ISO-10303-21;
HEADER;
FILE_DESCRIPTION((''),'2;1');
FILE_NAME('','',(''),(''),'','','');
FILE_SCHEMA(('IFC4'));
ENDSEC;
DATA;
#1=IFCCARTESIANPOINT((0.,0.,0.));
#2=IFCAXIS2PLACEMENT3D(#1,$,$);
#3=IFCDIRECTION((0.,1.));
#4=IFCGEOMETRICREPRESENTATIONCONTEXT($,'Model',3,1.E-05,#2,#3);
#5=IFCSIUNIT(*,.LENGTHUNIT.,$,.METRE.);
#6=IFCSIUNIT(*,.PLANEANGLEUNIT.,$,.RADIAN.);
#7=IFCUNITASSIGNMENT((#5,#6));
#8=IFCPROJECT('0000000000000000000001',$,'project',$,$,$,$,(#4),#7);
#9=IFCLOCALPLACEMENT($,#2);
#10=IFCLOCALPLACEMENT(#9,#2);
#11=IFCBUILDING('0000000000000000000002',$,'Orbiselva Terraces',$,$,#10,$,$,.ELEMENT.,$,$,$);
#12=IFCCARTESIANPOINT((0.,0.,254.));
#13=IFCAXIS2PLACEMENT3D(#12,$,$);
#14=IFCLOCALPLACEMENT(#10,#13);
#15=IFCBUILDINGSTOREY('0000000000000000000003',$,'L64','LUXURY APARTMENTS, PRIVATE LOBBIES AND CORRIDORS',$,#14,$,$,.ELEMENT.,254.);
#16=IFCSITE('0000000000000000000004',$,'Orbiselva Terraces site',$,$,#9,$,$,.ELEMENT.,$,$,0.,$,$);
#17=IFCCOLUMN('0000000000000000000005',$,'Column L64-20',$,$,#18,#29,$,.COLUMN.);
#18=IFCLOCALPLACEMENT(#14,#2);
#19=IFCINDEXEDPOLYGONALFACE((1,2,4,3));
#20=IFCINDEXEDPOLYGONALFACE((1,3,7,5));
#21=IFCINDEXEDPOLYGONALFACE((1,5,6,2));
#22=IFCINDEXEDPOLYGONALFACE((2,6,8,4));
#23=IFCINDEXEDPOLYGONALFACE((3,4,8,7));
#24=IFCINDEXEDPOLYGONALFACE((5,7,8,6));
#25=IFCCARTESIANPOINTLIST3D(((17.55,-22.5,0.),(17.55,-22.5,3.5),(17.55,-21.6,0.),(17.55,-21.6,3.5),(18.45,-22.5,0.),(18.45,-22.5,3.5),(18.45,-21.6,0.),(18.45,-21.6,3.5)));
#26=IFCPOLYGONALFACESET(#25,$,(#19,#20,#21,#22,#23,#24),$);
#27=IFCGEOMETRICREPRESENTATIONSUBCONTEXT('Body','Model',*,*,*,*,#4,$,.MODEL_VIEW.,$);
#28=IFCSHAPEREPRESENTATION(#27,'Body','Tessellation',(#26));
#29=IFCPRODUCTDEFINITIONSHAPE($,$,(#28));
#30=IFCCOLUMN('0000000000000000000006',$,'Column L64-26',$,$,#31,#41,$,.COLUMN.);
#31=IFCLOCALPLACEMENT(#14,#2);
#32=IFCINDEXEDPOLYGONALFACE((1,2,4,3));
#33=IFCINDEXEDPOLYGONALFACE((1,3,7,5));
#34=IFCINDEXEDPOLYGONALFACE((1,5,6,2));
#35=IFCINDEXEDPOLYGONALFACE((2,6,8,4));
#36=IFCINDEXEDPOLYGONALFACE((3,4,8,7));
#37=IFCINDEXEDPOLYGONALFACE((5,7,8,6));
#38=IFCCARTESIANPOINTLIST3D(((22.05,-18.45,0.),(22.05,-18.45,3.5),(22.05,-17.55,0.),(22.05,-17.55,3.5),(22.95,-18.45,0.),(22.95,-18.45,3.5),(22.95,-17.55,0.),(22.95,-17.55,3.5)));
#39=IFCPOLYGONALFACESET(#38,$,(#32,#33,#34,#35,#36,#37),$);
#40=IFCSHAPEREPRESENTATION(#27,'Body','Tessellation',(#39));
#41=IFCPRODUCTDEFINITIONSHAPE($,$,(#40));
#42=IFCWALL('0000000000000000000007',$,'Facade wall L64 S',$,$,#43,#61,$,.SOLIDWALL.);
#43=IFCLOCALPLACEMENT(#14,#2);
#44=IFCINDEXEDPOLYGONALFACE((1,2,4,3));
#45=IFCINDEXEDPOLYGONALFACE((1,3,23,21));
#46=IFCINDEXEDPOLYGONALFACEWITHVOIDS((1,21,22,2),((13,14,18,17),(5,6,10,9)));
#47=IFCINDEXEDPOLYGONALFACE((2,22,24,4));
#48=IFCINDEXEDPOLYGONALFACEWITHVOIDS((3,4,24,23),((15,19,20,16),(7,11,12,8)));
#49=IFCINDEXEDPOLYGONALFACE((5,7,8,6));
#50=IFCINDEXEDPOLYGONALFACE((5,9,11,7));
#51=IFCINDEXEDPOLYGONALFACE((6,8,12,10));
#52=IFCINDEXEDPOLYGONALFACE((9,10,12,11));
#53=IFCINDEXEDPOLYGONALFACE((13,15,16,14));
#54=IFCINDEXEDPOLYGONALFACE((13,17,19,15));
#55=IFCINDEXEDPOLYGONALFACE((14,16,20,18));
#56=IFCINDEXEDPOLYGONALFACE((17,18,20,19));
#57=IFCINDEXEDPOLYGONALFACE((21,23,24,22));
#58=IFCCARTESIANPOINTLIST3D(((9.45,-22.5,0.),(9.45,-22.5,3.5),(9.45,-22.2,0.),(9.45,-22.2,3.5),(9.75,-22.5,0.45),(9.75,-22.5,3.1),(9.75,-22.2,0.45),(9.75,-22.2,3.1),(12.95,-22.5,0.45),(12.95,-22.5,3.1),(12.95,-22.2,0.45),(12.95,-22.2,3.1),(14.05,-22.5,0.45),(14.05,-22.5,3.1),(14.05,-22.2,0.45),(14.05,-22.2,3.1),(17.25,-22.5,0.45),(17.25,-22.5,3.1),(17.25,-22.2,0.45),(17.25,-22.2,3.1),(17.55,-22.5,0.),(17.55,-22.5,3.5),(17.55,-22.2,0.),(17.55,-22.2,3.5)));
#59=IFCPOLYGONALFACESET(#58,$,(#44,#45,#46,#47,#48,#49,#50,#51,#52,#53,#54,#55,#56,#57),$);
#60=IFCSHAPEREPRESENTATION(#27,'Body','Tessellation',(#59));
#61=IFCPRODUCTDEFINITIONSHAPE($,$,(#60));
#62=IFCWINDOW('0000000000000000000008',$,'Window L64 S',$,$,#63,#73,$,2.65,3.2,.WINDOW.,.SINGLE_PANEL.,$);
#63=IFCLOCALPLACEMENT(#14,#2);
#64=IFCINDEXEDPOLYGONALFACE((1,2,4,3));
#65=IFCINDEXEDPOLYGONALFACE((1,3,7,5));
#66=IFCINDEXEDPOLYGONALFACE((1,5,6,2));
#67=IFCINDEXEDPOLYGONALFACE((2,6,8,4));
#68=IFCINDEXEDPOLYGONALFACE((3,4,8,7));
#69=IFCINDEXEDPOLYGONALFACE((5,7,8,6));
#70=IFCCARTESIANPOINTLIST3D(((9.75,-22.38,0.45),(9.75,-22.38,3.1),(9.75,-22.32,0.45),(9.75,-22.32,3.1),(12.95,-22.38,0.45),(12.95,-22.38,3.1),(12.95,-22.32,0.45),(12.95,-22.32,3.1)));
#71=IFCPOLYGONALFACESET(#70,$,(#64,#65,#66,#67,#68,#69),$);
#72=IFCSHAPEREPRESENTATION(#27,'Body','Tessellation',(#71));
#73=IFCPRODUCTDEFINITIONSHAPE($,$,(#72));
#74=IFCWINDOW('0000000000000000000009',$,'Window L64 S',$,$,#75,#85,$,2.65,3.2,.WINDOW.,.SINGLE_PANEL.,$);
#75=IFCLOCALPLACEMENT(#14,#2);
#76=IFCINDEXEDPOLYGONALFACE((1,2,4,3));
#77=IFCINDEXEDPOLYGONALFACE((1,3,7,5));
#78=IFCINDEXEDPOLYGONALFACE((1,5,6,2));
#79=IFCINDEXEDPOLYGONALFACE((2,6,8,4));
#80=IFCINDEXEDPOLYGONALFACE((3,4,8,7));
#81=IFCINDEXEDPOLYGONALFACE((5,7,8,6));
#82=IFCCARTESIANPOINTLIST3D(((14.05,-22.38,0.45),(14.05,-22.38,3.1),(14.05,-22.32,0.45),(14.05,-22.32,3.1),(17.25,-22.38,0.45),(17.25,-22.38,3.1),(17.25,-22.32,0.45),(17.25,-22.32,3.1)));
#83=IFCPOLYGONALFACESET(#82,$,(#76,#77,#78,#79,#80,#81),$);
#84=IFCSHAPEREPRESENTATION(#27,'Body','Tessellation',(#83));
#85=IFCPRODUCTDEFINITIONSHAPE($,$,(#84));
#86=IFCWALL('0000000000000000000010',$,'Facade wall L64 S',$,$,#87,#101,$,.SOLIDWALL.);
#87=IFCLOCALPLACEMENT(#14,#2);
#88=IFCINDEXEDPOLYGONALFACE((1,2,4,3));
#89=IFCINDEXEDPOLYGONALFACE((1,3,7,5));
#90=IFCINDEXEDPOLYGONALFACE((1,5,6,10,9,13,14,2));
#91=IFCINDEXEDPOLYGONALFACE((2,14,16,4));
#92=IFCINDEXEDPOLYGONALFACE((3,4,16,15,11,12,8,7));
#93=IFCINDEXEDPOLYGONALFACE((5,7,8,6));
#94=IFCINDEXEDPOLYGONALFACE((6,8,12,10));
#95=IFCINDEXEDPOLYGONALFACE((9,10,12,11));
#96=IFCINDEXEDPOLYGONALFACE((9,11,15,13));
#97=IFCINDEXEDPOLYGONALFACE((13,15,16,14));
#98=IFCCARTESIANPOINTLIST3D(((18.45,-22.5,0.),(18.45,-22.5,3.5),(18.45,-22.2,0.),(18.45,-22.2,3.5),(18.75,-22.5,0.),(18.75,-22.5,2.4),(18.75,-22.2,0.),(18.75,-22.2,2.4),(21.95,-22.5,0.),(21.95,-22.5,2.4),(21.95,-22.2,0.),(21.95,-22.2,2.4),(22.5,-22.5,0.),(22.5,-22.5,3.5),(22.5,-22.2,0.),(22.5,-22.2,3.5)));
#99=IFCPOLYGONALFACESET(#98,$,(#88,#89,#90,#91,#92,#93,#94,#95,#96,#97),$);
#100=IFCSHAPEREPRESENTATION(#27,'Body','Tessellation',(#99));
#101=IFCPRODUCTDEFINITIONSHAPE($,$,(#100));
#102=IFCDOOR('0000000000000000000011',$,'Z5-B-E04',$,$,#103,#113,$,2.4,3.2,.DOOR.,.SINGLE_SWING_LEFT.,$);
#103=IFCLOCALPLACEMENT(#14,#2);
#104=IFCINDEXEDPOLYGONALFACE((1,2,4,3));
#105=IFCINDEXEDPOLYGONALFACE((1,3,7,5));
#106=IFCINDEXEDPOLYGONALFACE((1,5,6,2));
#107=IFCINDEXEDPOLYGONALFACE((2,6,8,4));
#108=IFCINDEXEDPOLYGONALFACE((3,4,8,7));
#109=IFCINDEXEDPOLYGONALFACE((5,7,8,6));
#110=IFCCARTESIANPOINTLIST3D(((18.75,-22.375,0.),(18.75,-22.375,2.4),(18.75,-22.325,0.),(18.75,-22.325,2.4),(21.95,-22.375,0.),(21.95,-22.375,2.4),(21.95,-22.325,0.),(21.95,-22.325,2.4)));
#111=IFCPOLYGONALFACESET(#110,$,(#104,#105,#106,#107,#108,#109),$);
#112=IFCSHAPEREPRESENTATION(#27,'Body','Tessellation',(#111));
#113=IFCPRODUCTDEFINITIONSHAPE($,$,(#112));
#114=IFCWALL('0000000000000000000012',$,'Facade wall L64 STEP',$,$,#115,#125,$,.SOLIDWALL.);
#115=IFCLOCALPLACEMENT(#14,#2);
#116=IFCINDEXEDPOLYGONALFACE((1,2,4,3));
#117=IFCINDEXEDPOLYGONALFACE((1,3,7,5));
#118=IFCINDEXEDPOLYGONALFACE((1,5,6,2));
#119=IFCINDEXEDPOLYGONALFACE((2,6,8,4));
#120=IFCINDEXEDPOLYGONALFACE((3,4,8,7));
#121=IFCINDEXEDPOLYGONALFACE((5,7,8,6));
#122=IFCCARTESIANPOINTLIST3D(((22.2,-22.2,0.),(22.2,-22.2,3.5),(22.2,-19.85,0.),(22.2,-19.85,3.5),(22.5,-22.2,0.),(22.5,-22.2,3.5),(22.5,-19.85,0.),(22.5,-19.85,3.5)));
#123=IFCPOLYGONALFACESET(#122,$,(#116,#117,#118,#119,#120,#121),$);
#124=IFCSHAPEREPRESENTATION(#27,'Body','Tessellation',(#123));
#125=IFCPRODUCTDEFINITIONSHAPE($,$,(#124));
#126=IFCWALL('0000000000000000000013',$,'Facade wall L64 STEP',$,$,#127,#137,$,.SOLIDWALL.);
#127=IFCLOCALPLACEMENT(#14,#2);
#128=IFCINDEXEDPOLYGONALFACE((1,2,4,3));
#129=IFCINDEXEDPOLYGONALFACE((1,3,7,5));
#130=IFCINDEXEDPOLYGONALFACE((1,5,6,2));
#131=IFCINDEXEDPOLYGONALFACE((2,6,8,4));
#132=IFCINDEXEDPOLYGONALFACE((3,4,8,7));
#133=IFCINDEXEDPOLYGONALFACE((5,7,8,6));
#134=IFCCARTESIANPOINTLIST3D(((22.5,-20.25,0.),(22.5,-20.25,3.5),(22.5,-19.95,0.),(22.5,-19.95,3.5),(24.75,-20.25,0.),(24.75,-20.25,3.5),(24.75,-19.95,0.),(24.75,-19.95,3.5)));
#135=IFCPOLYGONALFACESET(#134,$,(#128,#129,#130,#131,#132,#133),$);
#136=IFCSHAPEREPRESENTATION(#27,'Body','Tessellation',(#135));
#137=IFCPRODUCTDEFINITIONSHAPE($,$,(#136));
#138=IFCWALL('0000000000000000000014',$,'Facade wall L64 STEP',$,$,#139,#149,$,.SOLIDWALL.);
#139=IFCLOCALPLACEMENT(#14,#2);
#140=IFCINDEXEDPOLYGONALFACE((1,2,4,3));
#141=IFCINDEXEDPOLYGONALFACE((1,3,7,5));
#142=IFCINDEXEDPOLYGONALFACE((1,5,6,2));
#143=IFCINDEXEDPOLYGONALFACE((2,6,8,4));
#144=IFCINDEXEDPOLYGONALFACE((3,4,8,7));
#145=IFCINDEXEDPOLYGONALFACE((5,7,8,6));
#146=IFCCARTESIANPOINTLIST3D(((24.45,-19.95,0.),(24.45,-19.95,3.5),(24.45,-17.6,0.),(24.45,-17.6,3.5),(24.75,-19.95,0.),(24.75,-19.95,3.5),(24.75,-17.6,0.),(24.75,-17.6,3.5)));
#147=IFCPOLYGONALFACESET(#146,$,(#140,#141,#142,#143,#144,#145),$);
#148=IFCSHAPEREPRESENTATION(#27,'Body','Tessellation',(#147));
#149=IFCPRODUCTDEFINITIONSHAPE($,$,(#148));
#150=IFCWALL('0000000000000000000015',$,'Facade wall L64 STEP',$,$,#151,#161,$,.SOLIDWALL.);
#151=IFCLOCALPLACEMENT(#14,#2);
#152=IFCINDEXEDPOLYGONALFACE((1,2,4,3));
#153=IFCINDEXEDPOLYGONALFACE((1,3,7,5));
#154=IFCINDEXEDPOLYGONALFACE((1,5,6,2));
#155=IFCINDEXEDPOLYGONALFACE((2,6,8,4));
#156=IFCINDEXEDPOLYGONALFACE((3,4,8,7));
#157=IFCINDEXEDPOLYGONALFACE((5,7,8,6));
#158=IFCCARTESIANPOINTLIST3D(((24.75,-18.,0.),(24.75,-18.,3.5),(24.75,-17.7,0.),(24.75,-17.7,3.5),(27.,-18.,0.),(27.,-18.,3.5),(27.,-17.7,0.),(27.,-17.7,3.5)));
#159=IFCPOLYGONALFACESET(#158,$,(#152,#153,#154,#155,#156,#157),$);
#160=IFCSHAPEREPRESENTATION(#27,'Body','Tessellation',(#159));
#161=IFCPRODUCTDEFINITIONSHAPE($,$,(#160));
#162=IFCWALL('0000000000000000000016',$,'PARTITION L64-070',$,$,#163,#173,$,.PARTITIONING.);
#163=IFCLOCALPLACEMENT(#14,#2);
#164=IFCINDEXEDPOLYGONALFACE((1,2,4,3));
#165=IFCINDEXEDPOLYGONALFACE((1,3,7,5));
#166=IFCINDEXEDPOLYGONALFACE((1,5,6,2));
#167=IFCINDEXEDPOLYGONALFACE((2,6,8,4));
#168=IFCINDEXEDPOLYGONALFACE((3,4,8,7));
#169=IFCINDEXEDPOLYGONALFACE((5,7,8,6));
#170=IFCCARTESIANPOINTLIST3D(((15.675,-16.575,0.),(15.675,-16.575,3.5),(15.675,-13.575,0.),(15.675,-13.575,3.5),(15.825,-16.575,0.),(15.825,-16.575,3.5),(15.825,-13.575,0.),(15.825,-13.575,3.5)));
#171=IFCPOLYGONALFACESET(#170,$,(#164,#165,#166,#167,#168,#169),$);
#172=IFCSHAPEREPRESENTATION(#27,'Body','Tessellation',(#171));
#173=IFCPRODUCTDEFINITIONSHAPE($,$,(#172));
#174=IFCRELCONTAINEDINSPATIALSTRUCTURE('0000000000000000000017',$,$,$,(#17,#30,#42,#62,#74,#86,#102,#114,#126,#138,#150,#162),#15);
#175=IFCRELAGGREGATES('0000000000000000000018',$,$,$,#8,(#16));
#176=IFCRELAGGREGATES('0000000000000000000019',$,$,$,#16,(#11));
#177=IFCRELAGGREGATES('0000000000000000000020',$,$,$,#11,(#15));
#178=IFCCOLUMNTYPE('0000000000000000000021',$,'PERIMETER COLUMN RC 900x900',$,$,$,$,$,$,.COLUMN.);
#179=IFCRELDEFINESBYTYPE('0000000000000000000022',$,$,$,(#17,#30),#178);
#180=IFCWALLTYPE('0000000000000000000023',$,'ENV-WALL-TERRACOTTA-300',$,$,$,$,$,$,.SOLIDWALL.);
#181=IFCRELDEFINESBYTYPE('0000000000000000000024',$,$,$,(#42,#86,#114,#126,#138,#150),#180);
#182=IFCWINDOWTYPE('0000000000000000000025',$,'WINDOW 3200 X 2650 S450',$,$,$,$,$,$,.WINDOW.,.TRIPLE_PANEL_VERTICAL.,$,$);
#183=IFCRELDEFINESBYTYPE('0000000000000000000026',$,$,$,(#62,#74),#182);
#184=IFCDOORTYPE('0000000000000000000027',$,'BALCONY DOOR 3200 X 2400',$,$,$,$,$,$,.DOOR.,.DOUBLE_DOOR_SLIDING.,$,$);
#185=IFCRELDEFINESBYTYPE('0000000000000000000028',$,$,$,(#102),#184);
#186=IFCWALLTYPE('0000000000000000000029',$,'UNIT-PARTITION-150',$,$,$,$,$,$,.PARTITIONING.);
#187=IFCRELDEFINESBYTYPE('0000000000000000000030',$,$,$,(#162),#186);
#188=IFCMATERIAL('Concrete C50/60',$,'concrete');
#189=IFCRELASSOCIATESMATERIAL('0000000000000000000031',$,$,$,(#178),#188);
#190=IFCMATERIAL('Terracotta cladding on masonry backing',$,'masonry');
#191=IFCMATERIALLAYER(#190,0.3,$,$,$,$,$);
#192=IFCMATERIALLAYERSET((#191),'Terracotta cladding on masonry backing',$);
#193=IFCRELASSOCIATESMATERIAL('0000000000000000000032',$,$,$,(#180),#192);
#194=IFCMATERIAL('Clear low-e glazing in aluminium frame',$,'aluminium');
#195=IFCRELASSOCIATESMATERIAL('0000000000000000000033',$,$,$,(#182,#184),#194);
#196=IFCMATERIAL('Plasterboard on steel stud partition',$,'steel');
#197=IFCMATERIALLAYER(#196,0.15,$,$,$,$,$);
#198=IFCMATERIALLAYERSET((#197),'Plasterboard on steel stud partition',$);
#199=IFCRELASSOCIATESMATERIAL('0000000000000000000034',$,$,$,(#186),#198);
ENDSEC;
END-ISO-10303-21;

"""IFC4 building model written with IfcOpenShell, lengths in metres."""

from ifc_helpers import new_model, si_unit, direction, frame, frame_2d, origin, origin_2d, place, context, subcontext, project, spatial, rectangle, extrude, material, layer, layer_set, material_profile, profile_set, type_object, element, fill, save


model = new_model("IFC4")

# Units and contexts
model_context = context("Model", 3, precision=1e-05, world=origin(), true_north=direction((0.0, 1.0)))
body_context = subcontext(model_context, "Body", "Model", "MODEL_VIEW")
ifc_project = project(units=[si_unit("LENGTHUNIT", "METRE"), si_unit("PLANEANGLEUNIT", "RADIAN")], contexts=[model_context])

# Site, building, storey
site_placement = place(None, origin())
site = spatial("IfcSite", under=ifc_project, at=site_placement, Name="Orbiselva Terraces site", CompositionType="ELEMENT", RefElevation=0.0)
building_placement = place(site_placement, origin())
building = spatial("IfcBuilding", under=site, at=building_placement, Name="Orbiselva Terraces", CompositionType="ELEMENT")
storey_placement = place(building_placement, frame((0.0, 0.0, 254.0)))
storey = spatial("IfcBuildingStorey", under=building, at=storey_placement, Name="L64", Description="LUXURY APARTMENTS, PRIVATE LOBBIES AND CORRIDORS", CompositionType="ELEMENT", Elevation=254.0)

# Columns
ifc_material_1 = material(Name="Concrete C50/60", Category="concrete")
ifc_material_profile = material_profile(ifc_material_1, rectangle(XDim=0.9, YDim=0.9, at=origin_2d()), Name="RC 900x900")
ifc_profile_set = profile_set([ifc_material_profile], Name="Concrete C50/60")
column_type = type_object("IfcColumnType", Name="PERIMETER COLUMN RC 900x900", PredefinedType="COLUMN", material=ifc_profile_set)
for number, where, z_axis, x_axis, name in (
    (1, (18.0, -22.05, 0.0), (0.0, 0.0, 1.0), (1.0, 0.0, 0.0), "Column L64-20"),
    (2, (22.5, -18.0, 0.0), (0.0, 0.0, 1.0), (1.0, 0.0, 0.0), "Column L64-26"),
):
    element("IfcColumn", number, at=place(storey_placement, frame(where, z_axis=z_axis, x_axis=x_axis)), inside=storey, type_object=column_type, Name=name, PredefinedType="COLUMN", context=body_context, shape_type="SweptSolid", body=[
        extrude(rectangle(XDim=0.9, YDim=0.9, at=origin_2d()), origin(), (0.0, 0.0, 1.0), 3.5),
    ])

# Wall, openings, windows
ifc_material_2 = material(Name="Terracotta cladding on masonry backing", Category="masonry")
ifc_layer_1 = layer(ifc_material_2, 0.3)
ifc_layer_set_1 = layer_set([ifc_layer_1], Name="Terracotta cladding on masonry backing")
wall_type_1 = type_object("IfcWallType", Name="ENV-WALL-TERRACOTTA-300", PredefinedType="SOLIDWALL", material=ifc_layer_set_1)
wall_1_placement = place(storey_placement, frame((17.55, -22.35, 0.0), z_axis=(0.0, 0.0, 1.0), x_axis=(-1.0, 0.0, 0.0)))
wall_1 = element("IfcWall", 3, at=wall_1_placement, inside=storey, type_object=wall_type_1, Name="Facade wall L64 S", PredefinedType="SOLIDWALL", context=body_context, shape_type="SweptSolid", body=[
    extrude(rectangle(XDim=8.1, YDim=0.3, at=frame_2d((4.05, 0.0))), origin(), (0.0, 0.0, 1.0), 3.5),
])
opening_1_placement = place(wall_1_placement, frame((4.6, 0.0, 0.45)))
opening_1 = element("IfcOpeningElement", 4, at=opening_1_placement, cuts=wall_1, PredefinedType="OPENING", context=body_context, shape_type="SweptSolid", body=[
    extrude(rectangle(XDim=3.2, YDim=2.65, at=frame_2d((1.6, 1.325))), frame((0.0, 0.16, 0.0), z_axis=(0.0, -1.0, 0.0), x_axis=(1.0, 0.0, 0.0)), (0.0, 0.0, 1.0), 0.32),
])
opening_2_placement = place(wall_1_placement, frame((0.3, 0.0, 0.45)))
opening_2 = element("IfcOpeningElement", 5, at=opening_2_placement, cuts=wall_1, PredefinedType="OPENING", context=body_context, shape_type="SweptSolid", body=[
    extrude(rectangle(XDim=3.2, YDim=2.65, at=frame_2d((1.6, 1.325))), frame((0.0, 0.16, 0.0), z_axis=(0.0, -1.0, 0.0), x_axis=(1.0, 0.0, 0.0)), (0.0, 0.0, 1.0), 0.32),
])
ifc_material_3 = material(Name="Clear low-e glazing in aluminium frame", Category="aluminium")
window_type = type_object("IfcWindowType", Name="WINDOW 3200 X 2650 S450", PartitioningType="TRIPLE_PANEL_VERTICAL", PredefinedType="WINDOW", material=ifc_material_3)
window_1_placement = place(opening_1_placement, origin())
window_1 = element("IfcWindow", 6, at=window_1_placement, inside=storey, type_object=window_type, Name="Window L64 S", OverallHeight=2.65, OverallWidth=3.2, PartitioningType="SINGLE_PANEL", PredefinedType="WINDOW", context=body_context, shape_type="SweptSolid", body=[
    extrude(rectangle(XDim=3.2, YDim=2.65, at=frame_2d((1.6, 1.325))), frame((0.0, 0.03, 0.0), z_axis=(0.0, -1.0, 0.0), x_axis=(1.0, 0.0, 0.0)), (0.0, 0.0, 1.0), 0.06),
])
fill(opening_1, window_1)
window_2_placement = place(opening_2_placement, origin())
window_2 = element("IfcWindow", 7, at=window_2_placement, inside=storey, type_object=window_type, Name="Window L64 S", OverallHeight=2.65, OverallWidth=3.2, PartitioningType="SINGLE_PANEL", PredefinedType="WINDOW", context=body_context, shape_type="SweptSolid", body=[
    extrude(rectangle(XDim=3.2, YDim=2.65, at=frame_2d((1.6, 1.325))), frame((0.0, 0.03, 0.0), z_axis=(0.0, -1.0, 0.0), x_axis=(1.0, 0.0, 0.0)), (0.0, 0.0, 1.0), 0.06),
])
fill(opening_2, window_2)

# Wall, opening, door
wall_2_placement = place(storey_placement, frame((22.5, -22.35, 0.0), z_axis=(0.0, 0.0, 1.0), x_axis=(-1.0, 0.0, 0.0)))
wall_2 = element("IfcWall", 8, at=wall_2_placement, inside=storey, type_object=wall_type_1, Name="Facade wall L64 S", PredefinedType="SOLIDWALL", context=body_context, shape_type="SweptSolid", body=[
    extrude(rectangle(XDim=4.05, YDim=0.3, at=frame_2d((2.025, 0.0))), origin(), (0.0, 0.0, 1.0), 3.5),
])
opening_3_placement = place(wall_2_placement, frame((0.55, 0.0, 0.0)))
opening_3 = element("IfcOpeningElement", 9, at=opening_3_placement, cuts=wall_2, PredefinedType="OPENING", context=body_context, shape_type="SweptSolid", body=[
    extrude(rectangle(XDim=3.2, YDim=2.4, at=frame_2d((1.6, 1.2))), frame((0.0, 0.16, 0.0), z_axis=(0.0, -1.0, 0.0), x_axis=(1.0, 0.0, 0.0)), (0.0, 0.0, 1.0), 0.32),
])
door_type = type_object("IfcDoorType", Name="BALCONY DOOR 3200 X 2400", OperationType="DOUBLE_DOOR_SLIDING", PredefinedType="DOOR", material=ifc_material_3)
door_placement = place(opening_3_placement, origin())
door = element("IfcDoor", 10, at=door_placement, inside=storey, type_object=door_type, Name="Z5-B-E04", OperationType="SINGLE_SWING_LEFT", OverallHeight=2.4, OverallWidth=3.2, PredefinedType="DOOR", context=body_context, shape_type="SweptSolid", body=[
    extrude(rectangle(XDim=3.2, YDim=2.4, at=frame_2d((1.6, 1.2))), frame((0.0, 0.025, 0.0), z_axis=(0.0, -1.0, 0.0), x_axis=(1.0, 0.0, 0.0)), (0.0, 0.0, 1.0), 0.05),
])
fill(opening_3, door)

# Walls
wall_3_placement = place(storey_placement, frame((22.35, -19.85, 0.0), z_axis=(0.0, 0.0, 1.0), x_axis=(0.0, -1.0, 0.0)))
element("IfcWall", 11, at=wall_3_placement, inside=storey, type_object=wall_type_1, Name="Facade wall L64 STEP", PredefinedType="SOLIDWALL", context=body_context, shape_type="SweptSolid", body=[
    extrude(rectangle(XDim=2.35, YDim=0.3, at=frame_2d((1.175, 0.0))), origin(), (0.0, 0.0, 1.0), 3.5),
])
wall_4_placement = place(storey_placement, frame((24.75, -20.1, 0.0), z_axis=(0.0, 0.0, 1.0), x_axis=(-1.0, 0.0, 0.0)))
element("IfcWall", 12, at=wall_4_placement, inside=storey, type_object=wall_type_1, Name="Facade wall L64 STEP", PredefinedType="SOLIDWALL", context=body_context, shape_type="SweptSolid", body=[
    extrude(rectangle(XDim=2.25, YDim=0.3, at=frame_2d((1.125, 0.0))), origin(), (0.0, 0.0, 1.0), 3.5),
])
wall_5_placement = place(storey_placement, frame((24.6, -17.6, 0.0), z_axis=(0.0, 0.0, 1.0), x_axis=(0.0, -1.0, 0.0)))
element("IfcWall", 13, at=wall_5_placement, inside=storey, type_object=wall_type_1, Name="Facade wall L64 STEP", PredefinedType="SOLIDWALL", context=body_context, shape_type="SweptSolid", body=[
    extrude(rectangle(XDim=2.35, YDim=0.3, at=frame_2d((1.175, 0.0))), origin(), (0.0, 0.0, 1.0), 3.5),
])
wall_6_placement = place(storey_placement, frame((27.0, -17.85, 0.0), z_axis=(0.0, 0.0, 1.0), x_axis=(-1.0, 0.0, 0.0)))
element("IfcWall", 14, at=wall_6_placement, inside=storey, type_object=wall_type_1, Name="Facade wall L64 STEP", PredefinedType="SOLIDWALL", context=body_context, shape_type="SweptSolid", body=[
    extrude(rectangle(XDim=2.25, YDim=0.3, at=frame_2d((1.125, 0.0))), origin(), (0.0, 0.0, 1.0), 3.5),
])
ifc_material_4 = material(Name="Plasterboard on steel stud partition", Category="steel")
ifc_layer_2 = layer(ifc_material_4, 0.15)
ifc_layer_set_2 = layer_set([ifc_layer_2], Name="Plasterboard on steel stud partition")
wall_type_2 = type_object("IfcWallType", Name="UNIT-PARTITION-150", PredefinedType="PARTITIONING", material=ifc_layer_set_2)
wall_7_placement = place(storey_placement, frame((15.75, -16.575, 0.0), z_axis=(0.0, 0.0, 1.0), x_axis=(0.0, 1.0, 0.0)))
element("IfcWall", 15, at=wall_7_placement, inside=storey, type_object=wall_type_2, Name="PARTITION L64-070", PredefinedType="PARTITIONING", context=body_context, shape_type="SweptSolid", body=[
    extrude(rectangle(XDim=3.0, YDim=0.15, at=frame_2d((1.5, 0.0))), origin(), (0.0, 0.0, 1.0), 3.5),
])

save(model, "model.ifc")
